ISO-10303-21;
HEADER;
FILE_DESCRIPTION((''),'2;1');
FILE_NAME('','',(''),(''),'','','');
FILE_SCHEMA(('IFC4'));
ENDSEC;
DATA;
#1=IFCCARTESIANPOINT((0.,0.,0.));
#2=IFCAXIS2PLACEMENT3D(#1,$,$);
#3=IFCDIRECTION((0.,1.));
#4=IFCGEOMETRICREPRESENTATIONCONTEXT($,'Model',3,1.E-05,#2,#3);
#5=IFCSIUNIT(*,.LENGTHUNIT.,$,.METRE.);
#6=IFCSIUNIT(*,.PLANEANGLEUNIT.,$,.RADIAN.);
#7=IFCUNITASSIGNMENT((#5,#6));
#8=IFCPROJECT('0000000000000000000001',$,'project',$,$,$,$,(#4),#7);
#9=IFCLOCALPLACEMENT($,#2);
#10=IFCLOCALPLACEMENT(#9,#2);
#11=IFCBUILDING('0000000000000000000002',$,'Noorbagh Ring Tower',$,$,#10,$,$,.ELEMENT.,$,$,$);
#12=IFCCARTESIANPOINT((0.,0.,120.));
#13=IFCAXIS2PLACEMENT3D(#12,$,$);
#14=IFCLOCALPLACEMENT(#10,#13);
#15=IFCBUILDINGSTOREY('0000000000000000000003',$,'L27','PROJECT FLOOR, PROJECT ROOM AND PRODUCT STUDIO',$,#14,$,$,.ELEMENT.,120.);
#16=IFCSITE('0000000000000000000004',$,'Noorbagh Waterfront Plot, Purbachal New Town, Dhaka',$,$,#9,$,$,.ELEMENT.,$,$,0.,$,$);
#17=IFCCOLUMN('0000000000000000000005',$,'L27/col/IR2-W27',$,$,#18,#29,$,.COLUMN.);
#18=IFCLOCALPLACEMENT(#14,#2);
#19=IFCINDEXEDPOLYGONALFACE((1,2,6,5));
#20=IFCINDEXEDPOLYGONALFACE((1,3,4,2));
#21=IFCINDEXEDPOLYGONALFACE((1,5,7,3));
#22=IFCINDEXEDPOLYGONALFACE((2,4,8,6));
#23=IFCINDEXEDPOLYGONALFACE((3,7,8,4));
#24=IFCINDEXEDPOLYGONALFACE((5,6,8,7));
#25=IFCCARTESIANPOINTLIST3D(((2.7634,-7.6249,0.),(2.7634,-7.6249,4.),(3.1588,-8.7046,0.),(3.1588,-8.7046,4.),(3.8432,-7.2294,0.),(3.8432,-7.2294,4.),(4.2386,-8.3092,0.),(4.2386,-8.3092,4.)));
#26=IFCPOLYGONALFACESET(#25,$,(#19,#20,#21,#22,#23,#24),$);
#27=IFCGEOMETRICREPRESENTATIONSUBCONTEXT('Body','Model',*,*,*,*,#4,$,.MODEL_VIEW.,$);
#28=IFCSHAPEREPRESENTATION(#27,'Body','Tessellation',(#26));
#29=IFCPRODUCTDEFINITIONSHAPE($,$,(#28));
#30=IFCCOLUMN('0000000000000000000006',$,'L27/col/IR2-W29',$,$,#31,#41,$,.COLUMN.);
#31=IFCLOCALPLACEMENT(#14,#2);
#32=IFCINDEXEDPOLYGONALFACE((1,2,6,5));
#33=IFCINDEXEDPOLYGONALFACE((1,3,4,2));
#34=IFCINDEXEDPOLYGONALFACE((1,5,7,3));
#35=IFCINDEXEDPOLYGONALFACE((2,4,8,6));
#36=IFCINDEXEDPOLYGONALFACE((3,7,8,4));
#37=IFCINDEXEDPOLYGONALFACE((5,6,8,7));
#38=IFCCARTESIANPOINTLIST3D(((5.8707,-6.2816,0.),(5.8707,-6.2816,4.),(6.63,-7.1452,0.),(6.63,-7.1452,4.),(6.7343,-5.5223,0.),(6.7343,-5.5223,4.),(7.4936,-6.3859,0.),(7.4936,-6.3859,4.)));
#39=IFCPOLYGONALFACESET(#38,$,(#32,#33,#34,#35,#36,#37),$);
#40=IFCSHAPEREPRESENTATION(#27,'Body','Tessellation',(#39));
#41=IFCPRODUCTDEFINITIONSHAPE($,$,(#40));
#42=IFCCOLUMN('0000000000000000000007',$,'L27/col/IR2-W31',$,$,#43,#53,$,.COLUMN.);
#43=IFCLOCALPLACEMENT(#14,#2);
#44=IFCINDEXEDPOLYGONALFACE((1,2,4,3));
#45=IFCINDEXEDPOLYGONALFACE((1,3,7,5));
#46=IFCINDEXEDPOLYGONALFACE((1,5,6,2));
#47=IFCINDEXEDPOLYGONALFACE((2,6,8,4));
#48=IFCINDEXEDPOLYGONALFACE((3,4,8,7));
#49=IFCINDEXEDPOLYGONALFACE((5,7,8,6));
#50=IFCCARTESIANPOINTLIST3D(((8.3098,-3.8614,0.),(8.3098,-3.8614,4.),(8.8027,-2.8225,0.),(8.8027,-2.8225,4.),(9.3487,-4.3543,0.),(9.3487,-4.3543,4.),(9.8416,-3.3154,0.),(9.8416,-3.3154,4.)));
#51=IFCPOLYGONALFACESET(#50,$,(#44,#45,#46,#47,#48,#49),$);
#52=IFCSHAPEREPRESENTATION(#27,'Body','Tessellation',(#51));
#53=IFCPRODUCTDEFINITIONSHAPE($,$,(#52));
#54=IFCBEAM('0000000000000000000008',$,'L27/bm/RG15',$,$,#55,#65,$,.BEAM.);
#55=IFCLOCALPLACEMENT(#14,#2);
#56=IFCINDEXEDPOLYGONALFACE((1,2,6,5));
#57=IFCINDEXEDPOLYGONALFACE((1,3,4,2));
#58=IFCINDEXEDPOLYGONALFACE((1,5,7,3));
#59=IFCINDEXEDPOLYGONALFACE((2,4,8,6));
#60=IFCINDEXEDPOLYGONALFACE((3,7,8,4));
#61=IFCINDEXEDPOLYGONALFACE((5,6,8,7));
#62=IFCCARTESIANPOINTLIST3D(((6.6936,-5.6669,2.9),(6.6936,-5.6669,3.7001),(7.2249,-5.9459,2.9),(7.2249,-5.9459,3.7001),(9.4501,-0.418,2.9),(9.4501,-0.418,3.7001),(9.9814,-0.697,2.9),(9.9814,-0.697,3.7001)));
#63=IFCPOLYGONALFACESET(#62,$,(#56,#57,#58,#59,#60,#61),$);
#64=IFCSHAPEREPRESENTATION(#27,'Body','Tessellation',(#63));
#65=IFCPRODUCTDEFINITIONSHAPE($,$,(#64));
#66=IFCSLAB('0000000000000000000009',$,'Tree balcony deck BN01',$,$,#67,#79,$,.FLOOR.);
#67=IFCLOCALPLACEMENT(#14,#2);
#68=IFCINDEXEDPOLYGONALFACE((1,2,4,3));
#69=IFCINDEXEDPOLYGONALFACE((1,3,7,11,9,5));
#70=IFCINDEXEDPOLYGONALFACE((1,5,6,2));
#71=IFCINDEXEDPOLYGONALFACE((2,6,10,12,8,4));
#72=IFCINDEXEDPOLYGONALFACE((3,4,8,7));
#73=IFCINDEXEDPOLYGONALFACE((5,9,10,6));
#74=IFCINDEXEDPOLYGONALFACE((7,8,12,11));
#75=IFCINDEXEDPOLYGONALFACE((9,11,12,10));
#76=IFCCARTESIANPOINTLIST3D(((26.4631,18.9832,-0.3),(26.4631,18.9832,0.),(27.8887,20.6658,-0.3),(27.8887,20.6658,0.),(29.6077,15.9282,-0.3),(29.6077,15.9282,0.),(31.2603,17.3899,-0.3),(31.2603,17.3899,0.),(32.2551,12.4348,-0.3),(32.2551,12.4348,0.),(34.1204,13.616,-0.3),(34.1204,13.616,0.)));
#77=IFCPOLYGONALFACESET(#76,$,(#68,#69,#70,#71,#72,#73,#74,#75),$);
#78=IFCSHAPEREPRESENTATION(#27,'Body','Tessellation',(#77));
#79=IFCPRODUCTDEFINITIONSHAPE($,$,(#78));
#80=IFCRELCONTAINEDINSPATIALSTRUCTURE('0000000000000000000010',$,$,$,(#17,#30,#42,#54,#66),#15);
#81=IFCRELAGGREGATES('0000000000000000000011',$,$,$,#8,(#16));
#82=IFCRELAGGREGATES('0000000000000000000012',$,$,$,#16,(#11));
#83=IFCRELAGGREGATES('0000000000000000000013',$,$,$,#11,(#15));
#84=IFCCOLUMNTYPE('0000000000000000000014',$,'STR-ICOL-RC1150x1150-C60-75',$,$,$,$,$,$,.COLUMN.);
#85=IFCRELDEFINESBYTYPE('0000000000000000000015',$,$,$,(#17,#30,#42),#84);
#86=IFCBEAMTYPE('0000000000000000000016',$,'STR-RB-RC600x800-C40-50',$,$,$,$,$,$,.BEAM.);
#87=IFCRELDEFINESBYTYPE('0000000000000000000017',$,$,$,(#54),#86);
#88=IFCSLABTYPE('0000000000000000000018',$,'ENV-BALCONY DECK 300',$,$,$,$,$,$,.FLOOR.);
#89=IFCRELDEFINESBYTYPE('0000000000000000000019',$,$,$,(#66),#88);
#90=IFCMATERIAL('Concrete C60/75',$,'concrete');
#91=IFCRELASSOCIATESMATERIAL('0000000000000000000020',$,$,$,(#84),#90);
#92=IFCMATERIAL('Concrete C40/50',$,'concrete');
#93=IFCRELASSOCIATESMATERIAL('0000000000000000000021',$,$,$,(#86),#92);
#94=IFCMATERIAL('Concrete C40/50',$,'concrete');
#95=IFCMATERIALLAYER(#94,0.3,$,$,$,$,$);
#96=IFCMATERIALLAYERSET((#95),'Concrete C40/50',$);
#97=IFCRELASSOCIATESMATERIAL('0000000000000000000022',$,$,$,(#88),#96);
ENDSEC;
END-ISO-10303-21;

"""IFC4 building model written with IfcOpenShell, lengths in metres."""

from ifc_helpers import new_model, si_unit, direction, frame, origin, origin_2d, place, context, subcontext, project, spatial, polyline, rectangle, outline, extrude, material, layer, layer_set, material_profile, profile_set, type_object, element, save


model = new_model("IFC4")

# Units and contexts
model_context = context("Model", 3, precision=1e-05, world=origin(), true_north=direction((0.0, 1.0)))
body_context = subcontext(model_context, "Body", "Model", "MODEL_VIEW")
ifc_project = project(units=[si_unit("LENGTHUNIT", "METRE"), si_unit("PLANEANGLEUNIT", "RADIAN")], contexts=[model_context])

# Site, building, storey
site_placement = place(None, origin())
site = spatial("IfcSite", under=ifc_project, at=site_placement, Name="Noorbagh Waterfront Plot, Purbachal New Town, Dhaka", CompositionType="ELEMENT", RefElevation=0.0)
building_placement = place(site_placement, origin())
building = spatial("IfcBuilding", under=site, at=building_placement, Name="Noorbagh Ring Tower", CompositionType="ELEMENT")
storey_placement = place(building_placement, frame((0.0, 0.0, 120.0)))
storey = spatial("IfcBuildingStorey", under=building, at=storey_placement, Name="L27", Description="PROJECT FLOOR, PROJECT ROOM AND PRODUCT STUDIO", CompositionType="ELEMENT", Elevation=120.0)

# Columns
ifc_material_1 = material(Name="Concrete C60/75", Category="concrete")
ifc_material_profile_1 = material_profile(ifc_material_1, rectangle(XDim=1.1499, YDim=1.1499, at=origin_2d()), Name="RC1150x1150")
ifc_profile_set_1 = profile_set([ifc_material_profile_1], Name="Concrete C60/75")
column_type = type_object("IfcColumnType", Name="STR-ICOL-RC1150x1150-C60-75", PredefinedType="COLUMN", material=ifc_profile_set_1)
for number, where, z_axis, x_axis, name in (
    (1, (3.501, -7.967, 0.0), (0.0, 0.0, 1.0), (0.93902, 0.343864, 0.0), "L27/col/IR2-W27"),
    (2, (6.6821, -6.3337, 0.0), (0.0, 0.0, 1.0), (0.751022, 0.660277, 0.0), "L27/col/IR2-W29"),
    (3, (9.0757, -3.5884, 0.0), (0.0, 0.0, 1.0), (0.428667, 0.903463, 0.0), "L27/col/IR2-W31"),
):
    element("IfcColumn", number, at=place(storey_placement, frame(where, z_axis=z_axis, x_axis=x_axis)), inside=storey, type_object=column_type, Name=name, PredefinedType="COLUMN", context=body_context, shape_type="SweptSolid", body=[
        extrude(rectangle(XDim=1.1499, YDim=1.1499, at=origin_2d()), origin(), (0.0, 0.0, 1.0), 4.0),
    ])

# Beam
ifc_material_2 = material(Name="Concrete C40/50", Category="concrete")
ifc_material_profile_2 = material_profile(ifc_material_2, rectangle(XDim=0.6001, YDim=0.8, at=origin_2d()), Name="RC600x800")
ifc_profile_set_2 = profile_set([ifc_material_profile_2], Name="Concrete C40/50")
beam_type = type_object("IfcBeamType", Name="STR-RB-RC600x800-C40-50", PredefinedType="BEAM", material=ifc_profile_set_2)
beam_placement = place(storey_placement, frame((6.9592, -5.8064, 3.3), z_axis=(0.464947, 0.885339, 0.0), x_axis=(-0.885339, 0.464947, 0.0)))
element("IfcBeam", 4, at=beam_placement, inside=storey, type_object=beam_type, Name="L27/bm/RG15", PredefinedType="BEAM", context=body_context, shape_type="SweptSolid", body=[
    extrude(rectangle(XDim=0.6001, YDim=0.8, at=origin_2d()), origin(), (0.0, 0.0, 1.0), 5.9287),
])

# Slab
ifc_material_3 = material(Name="Concrete C40/50", Category="concrete")
ifc_layer = layer(ifc_material_3, 0.3)
ifc_layer_set = layer_set([ifc_layer], Name="Concrete C40/50")
slab_type = type_object("IfcSlabType", Name="ENV-BALCONY DECK 300", PredefinedType="FLOOR", material=ifc_layer_set)
slab_placement = place(storey_placement, frame((0.0, 0.0, -0.3)))
element("IfcSlab", 5, at=slab_placement, inside=storey, type_object=slab_type, Name="Tree balcony deck BN01", PredefinedType="FLOOR", context=body_context, shape_type="SweptSolid", body=[
    extrude(outline(polyline([(34.1204, 13.616), (31.2603, 17.3899), (27.8887, 20.6658), (26.4631, 18.9832), (29.6077, 15.9282), (32.2551, 12.4348), (34.1204, 13.616)])), origin(), (0.0, 0.0, 1.0), 0.3),
])

save(model, "model.ifc")
